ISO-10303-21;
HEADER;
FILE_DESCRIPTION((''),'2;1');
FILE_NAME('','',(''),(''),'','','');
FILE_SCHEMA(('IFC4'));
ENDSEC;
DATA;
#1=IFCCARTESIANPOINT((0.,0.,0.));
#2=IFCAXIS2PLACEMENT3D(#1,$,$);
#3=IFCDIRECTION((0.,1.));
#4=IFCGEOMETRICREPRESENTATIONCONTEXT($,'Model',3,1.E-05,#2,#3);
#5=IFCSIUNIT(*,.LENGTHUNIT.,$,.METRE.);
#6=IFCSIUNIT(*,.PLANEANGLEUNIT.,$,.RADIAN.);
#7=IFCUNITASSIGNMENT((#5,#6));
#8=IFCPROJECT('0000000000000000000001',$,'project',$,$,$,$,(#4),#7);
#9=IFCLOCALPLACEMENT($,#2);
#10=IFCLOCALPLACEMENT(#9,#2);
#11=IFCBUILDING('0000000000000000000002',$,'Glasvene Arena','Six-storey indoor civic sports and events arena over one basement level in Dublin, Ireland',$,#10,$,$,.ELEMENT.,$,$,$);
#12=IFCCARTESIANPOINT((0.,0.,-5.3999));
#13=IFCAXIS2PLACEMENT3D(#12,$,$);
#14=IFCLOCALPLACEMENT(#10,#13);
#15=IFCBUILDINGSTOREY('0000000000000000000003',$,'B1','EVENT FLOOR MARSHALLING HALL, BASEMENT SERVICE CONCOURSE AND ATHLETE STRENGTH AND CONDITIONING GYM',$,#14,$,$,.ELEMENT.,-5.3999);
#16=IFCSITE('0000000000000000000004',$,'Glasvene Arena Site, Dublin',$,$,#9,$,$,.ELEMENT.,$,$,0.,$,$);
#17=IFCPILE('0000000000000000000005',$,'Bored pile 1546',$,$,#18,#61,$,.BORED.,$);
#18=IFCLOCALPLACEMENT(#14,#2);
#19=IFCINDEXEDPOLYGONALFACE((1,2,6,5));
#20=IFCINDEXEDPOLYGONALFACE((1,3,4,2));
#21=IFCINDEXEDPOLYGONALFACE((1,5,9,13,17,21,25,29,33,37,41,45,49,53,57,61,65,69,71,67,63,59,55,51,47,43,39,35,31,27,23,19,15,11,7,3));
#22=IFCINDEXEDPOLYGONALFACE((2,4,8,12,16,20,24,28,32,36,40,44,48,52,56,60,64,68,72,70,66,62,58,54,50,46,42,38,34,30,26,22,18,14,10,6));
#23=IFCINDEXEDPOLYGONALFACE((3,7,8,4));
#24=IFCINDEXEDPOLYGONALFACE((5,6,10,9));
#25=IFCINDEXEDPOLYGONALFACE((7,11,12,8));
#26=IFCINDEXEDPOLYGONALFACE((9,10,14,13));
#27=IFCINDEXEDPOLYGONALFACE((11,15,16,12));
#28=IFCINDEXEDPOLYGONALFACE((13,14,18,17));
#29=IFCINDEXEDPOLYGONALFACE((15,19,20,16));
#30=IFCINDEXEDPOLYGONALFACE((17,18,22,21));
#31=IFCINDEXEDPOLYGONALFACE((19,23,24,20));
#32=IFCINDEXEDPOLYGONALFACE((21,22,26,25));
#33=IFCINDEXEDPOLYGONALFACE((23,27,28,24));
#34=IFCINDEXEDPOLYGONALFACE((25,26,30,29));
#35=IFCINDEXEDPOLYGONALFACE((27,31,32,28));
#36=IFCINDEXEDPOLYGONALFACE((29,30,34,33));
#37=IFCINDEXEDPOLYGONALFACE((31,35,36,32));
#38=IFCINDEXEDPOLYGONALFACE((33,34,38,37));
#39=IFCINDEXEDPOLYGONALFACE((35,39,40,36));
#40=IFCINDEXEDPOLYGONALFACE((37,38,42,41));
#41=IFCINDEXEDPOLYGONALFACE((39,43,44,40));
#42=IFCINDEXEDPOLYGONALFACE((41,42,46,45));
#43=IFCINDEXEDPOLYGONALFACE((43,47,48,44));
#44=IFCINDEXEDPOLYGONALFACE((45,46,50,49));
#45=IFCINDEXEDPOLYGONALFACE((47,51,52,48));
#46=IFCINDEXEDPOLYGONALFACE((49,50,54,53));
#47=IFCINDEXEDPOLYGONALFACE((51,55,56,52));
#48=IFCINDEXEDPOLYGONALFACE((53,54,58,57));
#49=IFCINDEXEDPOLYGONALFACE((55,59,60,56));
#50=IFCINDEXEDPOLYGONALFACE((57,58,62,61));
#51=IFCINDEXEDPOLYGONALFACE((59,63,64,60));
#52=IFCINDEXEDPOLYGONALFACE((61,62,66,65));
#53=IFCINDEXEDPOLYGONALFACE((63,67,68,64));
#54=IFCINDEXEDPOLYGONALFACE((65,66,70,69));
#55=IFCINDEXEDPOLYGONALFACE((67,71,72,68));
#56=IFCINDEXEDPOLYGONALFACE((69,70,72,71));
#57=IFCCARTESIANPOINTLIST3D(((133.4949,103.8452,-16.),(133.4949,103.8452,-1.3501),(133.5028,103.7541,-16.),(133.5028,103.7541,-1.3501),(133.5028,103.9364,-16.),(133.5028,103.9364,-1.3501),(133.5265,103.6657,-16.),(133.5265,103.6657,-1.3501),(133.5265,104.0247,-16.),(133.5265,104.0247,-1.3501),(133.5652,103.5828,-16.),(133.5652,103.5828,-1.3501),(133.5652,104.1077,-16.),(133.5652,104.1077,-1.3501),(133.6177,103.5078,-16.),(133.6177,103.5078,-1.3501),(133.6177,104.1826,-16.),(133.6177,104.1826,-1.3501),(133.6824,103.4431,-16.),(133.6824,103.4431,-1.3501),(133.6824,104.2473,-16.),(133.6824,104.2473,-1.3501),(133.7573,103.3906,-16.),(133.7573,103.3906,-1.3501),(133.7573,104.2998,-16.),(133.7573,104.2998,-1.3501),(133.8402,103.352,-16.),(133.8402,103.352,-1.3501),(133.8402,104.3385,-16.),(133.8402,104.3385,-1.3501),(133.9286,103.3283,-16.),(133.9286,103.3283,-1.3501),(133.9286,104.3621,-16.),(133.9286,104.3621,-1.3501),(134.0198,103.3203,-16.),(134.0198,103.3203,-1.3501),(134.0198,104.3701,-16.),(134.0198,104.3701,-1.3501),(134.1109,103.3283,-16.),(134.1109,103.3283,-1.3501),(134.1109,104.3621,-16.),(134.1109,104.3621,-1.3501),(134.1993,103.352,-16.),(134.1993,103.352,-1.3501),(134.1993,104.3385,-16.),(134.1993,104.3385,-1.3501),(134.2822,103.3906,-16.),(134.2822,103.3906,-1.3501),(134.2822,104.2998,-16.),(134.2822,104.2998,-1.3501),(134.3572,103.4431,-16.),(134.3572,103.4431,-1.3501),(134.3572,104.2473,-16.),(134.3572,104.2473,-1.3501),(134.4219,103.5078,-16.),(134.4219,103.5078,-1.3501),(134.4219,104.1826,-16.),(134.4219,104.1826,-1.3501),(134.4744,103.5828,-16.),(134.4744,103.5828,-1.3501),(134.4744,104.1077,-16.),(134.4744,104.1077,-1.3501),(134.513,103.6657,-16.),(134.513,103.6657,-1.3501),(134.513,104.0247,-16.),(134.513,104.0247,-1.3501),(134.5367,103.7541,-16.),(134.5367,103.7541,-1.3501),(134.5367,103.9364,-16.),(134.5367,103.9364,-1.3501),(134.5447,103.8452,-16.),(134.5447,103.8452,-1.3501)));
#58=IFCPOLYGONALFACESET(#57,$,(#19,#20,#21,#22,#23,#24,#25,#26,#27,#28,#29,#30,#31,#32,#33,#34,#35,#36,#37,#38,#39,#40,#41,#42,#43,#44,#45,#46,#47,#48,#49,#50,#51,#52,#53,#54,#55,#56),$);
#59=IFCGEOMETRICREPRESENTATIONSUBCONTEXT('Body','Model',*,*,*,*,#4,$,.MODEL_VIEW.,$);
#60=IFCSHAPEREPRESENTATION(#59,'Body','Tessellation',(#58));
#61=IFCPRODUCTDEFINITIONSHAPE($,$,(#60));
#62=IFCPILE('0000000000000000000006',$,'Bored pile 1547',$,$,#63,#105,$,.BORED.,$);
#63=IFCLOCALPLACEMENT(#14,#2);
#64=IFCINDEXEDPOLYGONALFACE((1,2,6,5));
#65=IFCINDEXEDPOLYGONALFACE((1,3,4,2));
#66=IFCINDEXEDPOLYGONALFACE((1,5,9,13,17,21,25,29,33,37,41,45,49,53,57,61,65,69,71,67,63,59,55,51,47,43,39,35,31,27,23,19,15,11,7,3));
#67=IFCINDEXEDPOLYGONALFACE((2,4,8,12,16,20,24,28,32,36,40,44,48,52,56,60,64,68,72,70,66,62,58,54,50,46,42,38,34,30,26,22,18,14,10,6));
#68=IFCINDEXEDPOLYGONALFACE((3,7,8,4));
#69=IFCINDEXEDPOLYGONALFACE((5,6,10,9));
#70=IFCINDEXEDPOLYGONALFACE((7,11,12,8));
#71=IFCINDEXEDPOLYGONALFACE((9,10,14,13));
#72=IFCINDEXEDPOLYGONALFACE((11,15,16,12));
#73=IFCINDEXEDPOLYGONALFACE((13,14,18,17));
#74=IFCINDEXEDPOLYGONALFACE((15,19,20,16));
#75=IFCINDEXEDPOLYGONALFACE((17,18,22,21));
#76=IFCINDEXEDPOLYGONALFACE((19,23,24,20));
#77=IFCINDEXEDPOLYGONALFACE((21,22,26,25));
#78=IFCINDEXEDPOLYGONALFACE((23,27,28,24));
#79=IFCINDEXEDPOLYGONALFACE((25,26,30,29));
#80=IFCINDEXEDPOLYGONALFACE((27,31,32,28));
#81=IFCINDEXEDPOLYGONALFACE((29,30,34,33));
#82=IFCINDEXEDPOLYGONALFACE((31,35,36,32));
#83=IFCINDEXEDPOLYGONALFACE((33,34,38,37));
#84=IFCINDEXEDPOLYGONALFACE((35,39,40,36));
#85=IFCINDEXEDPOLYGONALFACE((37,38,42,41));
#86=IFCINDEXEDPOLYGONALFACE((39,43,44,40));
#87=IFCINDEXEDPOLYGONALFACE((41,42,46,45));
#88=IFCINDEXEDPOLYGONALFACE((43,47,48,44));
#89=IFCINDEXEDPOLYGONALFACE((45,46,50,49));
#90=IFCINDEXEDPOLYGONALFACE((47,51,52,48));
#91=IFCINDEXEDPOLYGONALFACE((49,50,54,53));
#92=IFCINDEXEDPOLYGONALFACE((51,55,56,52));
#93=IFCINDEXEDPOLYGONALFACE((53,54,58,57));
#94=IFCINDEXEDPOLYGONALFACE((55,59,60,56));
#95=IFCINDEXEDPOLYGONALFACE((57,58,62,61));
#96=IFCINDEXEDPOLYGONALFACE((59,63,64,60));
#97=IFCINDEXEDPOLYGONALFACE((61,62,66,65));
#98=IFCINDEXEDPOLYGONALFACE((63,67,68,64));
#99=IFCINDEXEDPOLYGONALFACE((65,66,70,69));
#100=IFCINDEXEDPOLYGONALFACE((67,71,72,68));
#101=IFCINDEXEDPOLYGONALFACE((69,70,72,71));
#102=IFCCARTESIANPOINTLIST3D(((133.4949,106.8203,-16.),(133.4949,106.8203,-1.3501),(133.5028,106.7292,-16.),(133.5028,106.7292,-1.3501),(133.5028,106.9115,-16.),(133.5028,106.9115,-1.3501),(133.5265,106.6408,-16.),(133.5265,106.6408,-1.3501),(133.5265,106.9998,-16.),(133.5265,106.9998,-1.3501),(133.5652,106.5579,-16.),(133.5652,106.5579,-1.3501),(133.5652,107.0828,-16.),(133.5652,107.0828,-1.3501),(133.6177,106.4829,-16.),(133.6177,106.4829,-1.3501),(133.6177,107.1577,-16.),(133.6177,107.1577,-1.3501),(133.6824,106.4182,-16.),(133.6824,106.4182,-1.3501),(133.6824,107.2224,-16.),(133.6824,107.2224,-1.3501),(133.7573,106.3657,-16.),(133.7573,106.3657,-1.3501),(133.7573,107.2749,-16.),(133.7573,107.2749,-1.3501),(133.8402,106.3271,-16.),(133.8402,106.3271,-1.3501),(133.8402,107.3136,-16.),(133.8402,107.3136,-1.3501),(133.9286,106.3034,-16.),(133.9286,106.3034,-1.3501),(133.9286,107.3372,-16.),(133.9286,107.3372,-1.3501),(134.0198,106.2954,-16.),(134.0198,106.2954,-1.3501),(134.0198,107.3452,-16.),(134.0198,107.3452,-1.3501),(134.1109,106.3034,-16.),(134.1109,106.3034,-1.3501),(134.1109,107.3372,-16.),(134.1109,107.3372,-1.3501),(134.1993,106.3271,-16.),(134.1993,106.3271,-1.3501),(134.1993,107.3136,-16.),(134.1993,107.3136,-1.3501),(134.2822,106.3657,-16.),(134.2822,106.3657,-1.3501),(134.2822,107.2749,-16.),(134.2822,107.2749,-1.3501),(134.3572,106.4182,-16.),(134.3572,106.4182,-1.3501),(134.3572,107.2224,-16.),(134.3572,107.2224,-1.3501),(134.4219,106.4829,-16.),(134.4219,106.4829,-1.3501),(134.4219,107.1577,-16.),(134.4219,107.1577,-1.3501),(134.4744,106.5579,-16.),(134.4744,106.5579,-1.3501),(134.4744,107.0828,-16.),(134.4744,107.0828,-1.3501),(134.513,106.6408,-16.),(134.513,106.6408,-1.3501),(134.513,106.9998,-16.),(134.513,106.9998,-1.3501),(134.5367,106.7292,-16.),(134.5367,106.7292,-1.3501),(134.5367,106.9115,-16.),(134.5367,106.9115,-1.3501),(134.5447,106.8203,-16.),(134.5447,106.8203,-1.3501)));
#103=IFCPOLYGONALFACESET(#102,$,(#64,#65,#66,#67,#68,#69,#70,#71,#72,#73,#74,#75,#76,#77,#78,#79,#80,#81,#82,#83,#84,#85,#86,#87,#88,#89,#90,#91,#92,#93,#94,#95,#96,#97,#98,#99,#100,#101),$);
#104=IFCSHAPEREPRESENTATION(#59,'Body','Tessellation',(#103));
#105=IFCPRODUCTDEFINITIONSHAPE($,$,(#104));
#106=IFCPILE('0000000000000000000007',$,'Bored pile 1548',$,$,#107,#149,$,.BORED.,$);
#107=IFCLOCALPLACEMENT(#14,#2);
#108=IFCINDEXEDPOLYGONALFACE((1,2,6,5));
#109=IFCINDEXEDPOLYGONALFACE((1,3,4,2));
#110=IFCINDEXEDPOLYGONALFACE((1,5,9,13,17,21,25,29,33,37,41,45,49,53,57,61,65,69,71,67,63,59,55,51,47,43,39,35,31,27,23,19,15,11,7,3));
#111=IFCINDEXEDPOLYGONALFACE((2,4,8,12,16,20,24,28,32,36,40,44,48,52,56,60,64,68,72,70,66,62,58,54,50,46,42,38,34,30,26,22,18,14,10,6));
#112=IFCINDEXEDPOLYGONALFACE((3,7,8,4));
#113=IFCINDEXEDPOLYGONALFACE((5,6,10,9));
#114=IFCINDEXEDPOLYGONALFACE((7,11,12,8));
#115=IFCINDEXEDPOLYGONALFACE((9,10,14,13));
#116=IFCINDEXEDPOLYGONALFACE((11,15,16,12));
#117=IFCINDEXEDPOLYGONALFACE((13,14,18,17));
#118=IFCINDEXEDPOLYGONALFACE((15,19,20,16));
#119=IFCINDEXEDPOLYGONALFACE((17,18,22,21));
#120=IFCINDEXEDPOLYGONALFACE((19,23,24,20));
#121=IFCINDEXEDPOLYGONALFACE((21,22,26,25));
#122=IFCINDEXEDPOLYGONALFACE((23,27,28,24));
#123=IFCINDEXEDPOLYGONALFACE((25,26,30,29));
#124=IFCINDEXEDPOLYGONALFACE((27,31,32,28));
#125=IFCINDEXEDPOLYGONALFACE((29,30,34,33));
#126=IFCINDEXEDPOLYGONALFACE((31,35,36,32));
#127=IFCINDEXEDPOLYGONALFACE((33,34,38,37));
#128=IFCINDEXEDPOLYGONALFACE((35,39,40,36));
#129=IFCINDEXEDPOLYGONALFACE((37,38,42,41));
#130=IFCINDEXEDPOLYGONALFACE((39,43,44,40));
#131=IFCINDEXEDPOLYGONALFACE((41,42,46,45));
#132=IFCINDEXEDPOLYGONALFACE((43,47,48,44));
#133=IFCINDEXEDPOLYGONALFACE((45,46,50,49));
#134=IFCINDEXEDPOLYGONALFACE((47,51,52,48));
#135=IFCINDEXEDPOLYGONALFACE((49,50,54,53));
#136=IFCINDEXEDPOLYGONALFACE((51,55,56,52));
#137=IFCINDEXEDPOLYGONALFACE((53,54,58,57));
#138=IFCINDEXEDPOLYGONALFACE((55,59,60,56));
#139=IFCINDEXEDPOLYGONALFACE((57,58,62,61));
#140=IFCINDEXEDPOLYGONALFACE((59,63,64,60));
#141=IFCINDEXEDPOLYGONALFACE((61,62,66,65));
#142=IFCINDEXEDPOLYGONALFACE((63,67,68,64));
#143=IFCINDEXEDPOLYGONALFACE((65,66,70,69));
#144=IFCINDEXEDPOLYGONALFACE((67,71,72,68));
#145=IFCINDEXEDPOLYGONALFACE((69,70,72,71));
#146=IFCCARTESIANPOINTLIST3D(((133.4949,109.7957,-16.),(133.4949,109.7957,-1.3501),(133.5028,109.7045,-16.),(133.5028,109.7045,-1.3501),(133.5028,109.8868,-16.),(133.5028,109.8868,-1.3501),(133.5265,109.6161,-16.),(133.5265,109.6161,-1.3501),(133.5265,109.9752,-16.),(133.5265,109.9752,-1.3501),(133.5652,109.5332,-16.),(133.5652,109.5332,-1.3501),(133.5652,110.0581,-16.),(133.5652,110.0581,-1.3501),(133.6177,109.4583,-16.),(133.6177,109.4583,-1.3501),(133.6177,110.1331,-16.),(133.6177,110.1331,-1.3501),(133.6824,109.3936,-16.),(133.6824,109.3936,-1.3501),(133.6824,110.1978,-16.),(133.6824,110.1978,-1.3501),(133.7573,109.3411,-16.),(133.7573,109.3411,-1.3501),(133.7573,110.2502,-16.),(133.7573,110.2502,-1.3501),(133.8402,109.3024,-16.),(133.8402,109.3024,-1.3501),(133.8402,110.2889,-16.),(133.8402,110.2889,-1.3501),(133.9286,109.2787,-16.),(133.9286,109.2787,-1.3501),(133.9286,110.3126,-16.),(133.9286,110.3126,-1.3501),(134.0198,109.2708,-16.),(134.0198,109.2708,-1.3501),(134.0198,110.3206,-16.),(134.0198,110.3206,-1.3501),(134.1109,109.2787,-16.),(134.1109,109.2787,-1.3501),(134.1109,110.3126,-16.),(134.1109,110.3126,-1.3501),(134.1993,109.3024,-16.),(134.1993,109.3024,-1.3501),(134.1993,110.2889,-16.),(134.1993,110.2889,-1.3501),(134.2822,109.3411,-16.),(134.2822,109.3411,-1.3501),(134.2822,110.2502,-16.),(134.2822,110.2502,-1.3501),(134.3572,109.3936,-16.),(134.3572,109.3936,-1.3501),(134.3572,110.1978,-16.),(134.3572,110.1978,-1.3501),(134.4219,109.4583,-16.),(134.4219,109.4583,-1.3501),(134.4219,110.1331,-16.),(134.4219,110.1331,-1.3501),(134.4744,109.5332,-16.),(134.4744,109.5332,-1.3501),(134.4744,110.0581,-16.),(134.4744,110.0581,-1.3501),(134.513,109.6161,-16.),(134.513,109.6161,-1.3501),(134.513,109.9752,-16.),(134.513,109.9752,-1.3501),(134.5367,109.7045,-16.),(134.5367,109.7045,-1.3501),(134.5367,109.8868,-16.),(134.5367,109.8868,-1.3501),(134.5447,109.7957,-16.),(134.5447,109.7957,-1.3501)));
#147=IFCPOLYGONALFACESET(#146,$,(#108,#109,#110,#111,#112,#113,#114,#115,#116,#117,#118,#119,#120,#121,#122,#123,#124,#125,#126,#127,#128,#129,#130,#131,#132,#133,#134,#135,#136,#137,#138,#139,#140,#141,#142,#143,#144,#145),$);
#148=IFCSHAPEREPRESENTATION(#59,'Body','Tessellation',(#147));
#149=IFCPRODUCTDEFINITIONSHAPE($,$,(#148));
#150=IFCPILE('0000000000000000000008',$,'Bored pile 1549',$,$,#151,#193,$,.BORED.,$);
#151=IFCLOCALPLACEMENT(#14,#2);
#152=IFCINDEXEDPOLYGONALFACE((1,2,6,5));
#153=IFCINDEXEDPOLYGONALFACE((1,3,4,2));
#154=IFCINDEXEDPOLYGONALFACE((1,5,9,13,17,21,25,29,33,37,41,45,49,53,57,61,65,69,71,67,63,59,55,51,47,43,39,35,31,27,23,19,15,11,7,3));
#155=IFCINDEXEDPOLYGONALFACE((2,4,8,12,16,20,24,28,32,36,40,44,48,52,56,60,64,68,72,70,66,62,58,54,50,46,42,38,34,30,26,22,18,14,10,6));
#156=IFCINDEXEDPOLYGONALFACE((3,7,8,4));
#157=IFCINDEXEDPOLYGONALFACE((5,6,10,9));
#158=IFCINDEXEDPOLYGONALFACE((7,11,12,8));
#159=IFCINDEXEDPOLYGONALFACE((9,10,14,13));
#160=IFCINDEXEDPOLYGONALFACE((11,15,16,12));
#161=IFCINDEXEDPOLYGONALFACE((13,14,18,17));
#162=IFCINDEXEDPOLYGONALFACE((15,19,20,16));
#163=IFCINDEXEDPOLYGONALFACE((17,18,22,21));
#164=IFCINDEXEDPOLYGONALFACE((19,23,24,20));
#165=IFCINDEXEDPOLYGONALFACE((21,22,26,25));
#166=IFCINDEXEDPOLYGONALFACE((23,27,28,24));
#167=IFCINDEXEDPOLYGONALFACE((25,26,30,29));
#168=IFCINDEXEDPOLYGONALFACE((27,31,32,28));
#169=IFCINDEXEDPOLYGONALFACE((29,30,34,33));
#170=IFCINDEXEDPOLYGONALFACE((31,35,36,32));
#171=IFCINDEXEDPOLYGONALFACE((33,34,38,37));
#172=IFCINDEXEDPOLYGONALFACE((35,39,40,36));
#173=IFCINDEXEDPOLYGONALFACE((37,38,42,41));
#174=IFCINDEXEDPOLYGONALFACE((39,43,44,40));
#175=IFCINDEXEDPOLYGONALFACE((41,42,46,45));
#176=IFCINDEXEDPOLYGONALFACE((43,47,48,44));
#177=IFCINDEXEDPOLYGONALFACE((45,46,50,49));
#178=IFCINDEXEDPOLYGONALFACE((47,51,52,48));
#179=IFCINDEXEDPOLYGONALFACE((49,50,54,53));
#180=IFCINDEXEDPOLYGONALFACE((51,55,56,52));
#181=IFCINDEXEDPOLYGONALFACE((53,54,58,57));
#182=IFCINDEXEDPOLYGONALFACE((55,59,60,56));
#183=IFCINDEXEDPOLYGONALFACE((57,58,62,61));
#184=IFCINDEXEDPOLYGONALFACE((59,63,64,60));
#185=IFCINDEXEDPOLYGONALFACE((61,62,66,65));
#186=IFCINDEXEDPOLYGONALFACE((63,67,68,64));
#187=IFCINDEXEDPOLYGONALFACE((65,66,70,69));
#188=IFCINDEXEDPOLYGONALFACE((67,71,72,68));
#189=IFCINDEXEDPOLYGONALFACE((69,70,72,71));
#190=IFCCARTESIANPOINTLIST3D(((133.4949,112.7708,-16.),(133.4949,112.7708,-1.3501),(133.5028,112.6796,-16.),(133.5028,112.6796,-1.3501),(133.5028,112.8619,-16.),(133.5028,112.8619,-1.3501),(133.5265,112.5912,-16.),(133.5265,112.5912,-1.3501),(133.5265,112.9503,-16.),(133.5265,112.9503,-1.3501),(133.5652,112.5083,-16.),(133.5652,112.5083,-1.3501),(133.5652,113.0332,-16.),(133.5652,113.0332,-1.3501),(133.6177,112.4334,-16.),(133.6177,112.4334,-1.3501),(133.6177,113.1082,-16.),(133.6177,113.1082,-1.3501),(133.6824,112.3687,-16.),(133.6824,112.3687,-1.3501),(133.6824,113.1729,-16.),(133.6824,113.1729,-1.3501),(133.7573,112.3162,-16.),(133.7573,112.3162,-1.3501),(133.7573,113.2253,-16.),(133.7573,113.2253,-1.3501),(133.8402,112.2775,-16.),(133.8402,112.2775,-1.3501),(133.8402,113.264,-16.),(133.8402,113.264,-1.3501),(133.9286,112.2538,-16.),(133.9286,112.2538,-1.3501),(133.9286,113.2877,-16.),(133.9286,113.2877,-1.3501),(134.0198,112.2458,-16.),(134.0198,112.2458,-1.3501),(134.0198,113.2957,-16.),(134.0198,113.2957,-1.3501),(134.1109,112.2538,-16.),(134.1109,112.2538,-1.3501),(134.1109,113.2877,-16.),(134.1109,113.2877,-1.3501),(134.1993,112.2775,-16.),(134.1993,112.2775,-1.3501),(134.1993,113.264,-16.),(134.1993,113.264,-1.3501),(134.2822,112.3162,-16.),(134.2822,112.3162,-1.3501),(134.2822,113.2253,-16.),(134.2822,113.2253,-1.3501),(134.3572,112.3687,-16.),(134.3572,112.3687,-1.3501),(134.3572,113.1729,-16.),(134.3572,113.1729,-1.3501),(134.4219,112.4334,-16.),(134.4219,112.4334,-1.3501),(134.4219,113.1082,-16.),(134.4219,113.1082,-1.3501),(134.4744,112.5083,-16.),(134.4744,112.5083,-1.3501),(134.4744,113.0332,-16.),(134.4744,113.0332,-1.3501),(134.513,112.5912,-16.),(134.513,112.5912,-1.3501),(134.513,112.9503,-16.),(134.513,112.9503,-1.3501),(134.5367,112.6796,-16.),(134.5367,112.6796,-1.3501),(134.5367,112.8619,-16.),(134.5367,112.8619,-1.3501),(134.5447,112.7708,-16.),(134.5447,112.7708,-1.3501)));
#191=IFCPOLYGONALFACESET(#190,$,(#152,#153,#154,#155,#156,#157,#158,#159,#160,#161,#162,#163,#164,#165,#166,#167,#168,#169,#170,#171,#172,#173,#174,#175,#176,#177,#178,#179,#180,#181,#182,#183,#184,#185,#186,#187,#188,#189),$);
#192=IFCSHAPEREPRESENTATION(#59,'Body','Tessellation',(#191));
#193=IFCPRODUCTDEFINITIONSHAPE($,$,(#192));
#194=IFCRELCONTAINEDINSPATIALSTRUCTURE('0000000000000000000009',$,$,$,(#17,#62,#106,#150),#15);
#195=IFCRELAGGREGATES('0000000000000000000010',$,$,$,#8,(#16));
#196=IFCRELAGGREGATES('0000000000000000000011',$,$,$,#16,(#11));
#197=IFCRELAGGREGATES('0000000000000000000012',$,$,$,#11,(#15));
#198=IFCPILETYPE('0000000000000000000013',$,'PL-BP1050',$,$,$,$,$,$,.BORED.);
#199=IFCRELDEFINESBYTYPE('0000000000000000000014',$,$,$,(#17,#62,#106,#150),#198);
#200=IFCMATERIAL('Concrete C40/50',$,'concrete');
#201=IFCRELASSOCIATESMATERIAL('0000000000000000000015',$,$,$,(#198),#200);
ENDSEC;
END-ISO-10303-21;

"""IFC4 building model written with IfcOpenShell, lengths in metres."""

from ifc_helpers import new_model, si_unit, direction, frame, origin, origin_2d, place, context, subcontext, project, spatial, circle, extrude, material, material_profile, profile_set, type_object, element, save


model = new_model("IFC4")

# Units and contexts
model_context = context("Model", 3, precision=1e-05, world=origin(), true_north=direction((0.0, 1.0)))
body_context = subcontext(model_context, "Body", "Model", "MODEL_VIEW")
ifc_project = project(units=[si_unit("LENGTHUNIT", "METRE"), si_unit("PLANEANGLEUNIT", "RADIAN")], contexts=[model_context])

# Site, building, storey
site_placement = place(None, origin())
site = spatial("IfcSite", under=ifc_project, at=site_placement, Name="Glasvene Arena Site, Dublin", CompositionType="ELEMENT", RefElevation=0.0)
building_placement = place(site_placement, origin())
building = spatial("IfcBuilding", under=site, at=building_placement, Name="Glasvene Arena", Description="Six-storey indoor civic sports and events arena over one basement level in Dublin, Ireland", CompositionType="ELEMENT")
storey_placement = place(building_placement, frame((0.0, 0.0, -5.3999)))
storey = spatial("IfcBuildingStorey", under=building, at=storey_placement, Name="B1", Description="EVENT FLOOR MARSHALLING HALL, BASEMENT SERVICE CONCOURSE AND ATHLETE STRENGTH AND CONDITIONING GYM", CompositionType="ELEMENT", Elevation=-5.3999)

# Piles
ifc_material_1 = material(Name="Concrete C40/50", Category="concrete")
ifc_material_profile_1 = material_profile(ifc_material_1, circle(Radius=0.5249, at=origin_2d()), Name="BORED PILE 1050")
ifc_profile_set_1 = profile_set([ifc_material_profile_1], Name="Concrete C40/50")
pile_type = type_object("IfcPileType", Name="PL-BP1050", PredefinedType="BORED", material=ifc_profile_set_1)
for number, where, z_axis, x_axis, name in (
    (1, (134.0198, 103.8452, -1.3501), (0.0, 0.0, -1.0), (1.0, 0.0, 0.0), "Bored pile 1546"),
    (2, (134.0198, 106.8203, -1.3501), (0.0, 0.0, -1.0), (1.0, 0.0, 0.0), "Bored pile 1547"),
    (3, (134.0198, 109.7957, -1.3501), (0.0, 0.0, -1.0), (1.0, 0.0, 0.0), "Bored pile 1548"),
    (4, (134.0198, 112.7708, -1.3501), (0.0, 0.0, -1.0), (1.0, 0.0, 0.0), "Bored pile 1549"),
):
    element("IfcPile", number, at=place(storey_placement, frame(where, z_axis=z_axis, x_axis=x_axis)), inside=storey, type_object=pile_type, Name=name, PredefinedType="BORED", context=body_context, shape_type="SweptSolid", body=[
        extrude(circle(Radius=0.5249, at=origin_2d()), origin(), (0.0, 0.0, 1.0), 14.6499),
    ])

save(model, "model.ifc")
